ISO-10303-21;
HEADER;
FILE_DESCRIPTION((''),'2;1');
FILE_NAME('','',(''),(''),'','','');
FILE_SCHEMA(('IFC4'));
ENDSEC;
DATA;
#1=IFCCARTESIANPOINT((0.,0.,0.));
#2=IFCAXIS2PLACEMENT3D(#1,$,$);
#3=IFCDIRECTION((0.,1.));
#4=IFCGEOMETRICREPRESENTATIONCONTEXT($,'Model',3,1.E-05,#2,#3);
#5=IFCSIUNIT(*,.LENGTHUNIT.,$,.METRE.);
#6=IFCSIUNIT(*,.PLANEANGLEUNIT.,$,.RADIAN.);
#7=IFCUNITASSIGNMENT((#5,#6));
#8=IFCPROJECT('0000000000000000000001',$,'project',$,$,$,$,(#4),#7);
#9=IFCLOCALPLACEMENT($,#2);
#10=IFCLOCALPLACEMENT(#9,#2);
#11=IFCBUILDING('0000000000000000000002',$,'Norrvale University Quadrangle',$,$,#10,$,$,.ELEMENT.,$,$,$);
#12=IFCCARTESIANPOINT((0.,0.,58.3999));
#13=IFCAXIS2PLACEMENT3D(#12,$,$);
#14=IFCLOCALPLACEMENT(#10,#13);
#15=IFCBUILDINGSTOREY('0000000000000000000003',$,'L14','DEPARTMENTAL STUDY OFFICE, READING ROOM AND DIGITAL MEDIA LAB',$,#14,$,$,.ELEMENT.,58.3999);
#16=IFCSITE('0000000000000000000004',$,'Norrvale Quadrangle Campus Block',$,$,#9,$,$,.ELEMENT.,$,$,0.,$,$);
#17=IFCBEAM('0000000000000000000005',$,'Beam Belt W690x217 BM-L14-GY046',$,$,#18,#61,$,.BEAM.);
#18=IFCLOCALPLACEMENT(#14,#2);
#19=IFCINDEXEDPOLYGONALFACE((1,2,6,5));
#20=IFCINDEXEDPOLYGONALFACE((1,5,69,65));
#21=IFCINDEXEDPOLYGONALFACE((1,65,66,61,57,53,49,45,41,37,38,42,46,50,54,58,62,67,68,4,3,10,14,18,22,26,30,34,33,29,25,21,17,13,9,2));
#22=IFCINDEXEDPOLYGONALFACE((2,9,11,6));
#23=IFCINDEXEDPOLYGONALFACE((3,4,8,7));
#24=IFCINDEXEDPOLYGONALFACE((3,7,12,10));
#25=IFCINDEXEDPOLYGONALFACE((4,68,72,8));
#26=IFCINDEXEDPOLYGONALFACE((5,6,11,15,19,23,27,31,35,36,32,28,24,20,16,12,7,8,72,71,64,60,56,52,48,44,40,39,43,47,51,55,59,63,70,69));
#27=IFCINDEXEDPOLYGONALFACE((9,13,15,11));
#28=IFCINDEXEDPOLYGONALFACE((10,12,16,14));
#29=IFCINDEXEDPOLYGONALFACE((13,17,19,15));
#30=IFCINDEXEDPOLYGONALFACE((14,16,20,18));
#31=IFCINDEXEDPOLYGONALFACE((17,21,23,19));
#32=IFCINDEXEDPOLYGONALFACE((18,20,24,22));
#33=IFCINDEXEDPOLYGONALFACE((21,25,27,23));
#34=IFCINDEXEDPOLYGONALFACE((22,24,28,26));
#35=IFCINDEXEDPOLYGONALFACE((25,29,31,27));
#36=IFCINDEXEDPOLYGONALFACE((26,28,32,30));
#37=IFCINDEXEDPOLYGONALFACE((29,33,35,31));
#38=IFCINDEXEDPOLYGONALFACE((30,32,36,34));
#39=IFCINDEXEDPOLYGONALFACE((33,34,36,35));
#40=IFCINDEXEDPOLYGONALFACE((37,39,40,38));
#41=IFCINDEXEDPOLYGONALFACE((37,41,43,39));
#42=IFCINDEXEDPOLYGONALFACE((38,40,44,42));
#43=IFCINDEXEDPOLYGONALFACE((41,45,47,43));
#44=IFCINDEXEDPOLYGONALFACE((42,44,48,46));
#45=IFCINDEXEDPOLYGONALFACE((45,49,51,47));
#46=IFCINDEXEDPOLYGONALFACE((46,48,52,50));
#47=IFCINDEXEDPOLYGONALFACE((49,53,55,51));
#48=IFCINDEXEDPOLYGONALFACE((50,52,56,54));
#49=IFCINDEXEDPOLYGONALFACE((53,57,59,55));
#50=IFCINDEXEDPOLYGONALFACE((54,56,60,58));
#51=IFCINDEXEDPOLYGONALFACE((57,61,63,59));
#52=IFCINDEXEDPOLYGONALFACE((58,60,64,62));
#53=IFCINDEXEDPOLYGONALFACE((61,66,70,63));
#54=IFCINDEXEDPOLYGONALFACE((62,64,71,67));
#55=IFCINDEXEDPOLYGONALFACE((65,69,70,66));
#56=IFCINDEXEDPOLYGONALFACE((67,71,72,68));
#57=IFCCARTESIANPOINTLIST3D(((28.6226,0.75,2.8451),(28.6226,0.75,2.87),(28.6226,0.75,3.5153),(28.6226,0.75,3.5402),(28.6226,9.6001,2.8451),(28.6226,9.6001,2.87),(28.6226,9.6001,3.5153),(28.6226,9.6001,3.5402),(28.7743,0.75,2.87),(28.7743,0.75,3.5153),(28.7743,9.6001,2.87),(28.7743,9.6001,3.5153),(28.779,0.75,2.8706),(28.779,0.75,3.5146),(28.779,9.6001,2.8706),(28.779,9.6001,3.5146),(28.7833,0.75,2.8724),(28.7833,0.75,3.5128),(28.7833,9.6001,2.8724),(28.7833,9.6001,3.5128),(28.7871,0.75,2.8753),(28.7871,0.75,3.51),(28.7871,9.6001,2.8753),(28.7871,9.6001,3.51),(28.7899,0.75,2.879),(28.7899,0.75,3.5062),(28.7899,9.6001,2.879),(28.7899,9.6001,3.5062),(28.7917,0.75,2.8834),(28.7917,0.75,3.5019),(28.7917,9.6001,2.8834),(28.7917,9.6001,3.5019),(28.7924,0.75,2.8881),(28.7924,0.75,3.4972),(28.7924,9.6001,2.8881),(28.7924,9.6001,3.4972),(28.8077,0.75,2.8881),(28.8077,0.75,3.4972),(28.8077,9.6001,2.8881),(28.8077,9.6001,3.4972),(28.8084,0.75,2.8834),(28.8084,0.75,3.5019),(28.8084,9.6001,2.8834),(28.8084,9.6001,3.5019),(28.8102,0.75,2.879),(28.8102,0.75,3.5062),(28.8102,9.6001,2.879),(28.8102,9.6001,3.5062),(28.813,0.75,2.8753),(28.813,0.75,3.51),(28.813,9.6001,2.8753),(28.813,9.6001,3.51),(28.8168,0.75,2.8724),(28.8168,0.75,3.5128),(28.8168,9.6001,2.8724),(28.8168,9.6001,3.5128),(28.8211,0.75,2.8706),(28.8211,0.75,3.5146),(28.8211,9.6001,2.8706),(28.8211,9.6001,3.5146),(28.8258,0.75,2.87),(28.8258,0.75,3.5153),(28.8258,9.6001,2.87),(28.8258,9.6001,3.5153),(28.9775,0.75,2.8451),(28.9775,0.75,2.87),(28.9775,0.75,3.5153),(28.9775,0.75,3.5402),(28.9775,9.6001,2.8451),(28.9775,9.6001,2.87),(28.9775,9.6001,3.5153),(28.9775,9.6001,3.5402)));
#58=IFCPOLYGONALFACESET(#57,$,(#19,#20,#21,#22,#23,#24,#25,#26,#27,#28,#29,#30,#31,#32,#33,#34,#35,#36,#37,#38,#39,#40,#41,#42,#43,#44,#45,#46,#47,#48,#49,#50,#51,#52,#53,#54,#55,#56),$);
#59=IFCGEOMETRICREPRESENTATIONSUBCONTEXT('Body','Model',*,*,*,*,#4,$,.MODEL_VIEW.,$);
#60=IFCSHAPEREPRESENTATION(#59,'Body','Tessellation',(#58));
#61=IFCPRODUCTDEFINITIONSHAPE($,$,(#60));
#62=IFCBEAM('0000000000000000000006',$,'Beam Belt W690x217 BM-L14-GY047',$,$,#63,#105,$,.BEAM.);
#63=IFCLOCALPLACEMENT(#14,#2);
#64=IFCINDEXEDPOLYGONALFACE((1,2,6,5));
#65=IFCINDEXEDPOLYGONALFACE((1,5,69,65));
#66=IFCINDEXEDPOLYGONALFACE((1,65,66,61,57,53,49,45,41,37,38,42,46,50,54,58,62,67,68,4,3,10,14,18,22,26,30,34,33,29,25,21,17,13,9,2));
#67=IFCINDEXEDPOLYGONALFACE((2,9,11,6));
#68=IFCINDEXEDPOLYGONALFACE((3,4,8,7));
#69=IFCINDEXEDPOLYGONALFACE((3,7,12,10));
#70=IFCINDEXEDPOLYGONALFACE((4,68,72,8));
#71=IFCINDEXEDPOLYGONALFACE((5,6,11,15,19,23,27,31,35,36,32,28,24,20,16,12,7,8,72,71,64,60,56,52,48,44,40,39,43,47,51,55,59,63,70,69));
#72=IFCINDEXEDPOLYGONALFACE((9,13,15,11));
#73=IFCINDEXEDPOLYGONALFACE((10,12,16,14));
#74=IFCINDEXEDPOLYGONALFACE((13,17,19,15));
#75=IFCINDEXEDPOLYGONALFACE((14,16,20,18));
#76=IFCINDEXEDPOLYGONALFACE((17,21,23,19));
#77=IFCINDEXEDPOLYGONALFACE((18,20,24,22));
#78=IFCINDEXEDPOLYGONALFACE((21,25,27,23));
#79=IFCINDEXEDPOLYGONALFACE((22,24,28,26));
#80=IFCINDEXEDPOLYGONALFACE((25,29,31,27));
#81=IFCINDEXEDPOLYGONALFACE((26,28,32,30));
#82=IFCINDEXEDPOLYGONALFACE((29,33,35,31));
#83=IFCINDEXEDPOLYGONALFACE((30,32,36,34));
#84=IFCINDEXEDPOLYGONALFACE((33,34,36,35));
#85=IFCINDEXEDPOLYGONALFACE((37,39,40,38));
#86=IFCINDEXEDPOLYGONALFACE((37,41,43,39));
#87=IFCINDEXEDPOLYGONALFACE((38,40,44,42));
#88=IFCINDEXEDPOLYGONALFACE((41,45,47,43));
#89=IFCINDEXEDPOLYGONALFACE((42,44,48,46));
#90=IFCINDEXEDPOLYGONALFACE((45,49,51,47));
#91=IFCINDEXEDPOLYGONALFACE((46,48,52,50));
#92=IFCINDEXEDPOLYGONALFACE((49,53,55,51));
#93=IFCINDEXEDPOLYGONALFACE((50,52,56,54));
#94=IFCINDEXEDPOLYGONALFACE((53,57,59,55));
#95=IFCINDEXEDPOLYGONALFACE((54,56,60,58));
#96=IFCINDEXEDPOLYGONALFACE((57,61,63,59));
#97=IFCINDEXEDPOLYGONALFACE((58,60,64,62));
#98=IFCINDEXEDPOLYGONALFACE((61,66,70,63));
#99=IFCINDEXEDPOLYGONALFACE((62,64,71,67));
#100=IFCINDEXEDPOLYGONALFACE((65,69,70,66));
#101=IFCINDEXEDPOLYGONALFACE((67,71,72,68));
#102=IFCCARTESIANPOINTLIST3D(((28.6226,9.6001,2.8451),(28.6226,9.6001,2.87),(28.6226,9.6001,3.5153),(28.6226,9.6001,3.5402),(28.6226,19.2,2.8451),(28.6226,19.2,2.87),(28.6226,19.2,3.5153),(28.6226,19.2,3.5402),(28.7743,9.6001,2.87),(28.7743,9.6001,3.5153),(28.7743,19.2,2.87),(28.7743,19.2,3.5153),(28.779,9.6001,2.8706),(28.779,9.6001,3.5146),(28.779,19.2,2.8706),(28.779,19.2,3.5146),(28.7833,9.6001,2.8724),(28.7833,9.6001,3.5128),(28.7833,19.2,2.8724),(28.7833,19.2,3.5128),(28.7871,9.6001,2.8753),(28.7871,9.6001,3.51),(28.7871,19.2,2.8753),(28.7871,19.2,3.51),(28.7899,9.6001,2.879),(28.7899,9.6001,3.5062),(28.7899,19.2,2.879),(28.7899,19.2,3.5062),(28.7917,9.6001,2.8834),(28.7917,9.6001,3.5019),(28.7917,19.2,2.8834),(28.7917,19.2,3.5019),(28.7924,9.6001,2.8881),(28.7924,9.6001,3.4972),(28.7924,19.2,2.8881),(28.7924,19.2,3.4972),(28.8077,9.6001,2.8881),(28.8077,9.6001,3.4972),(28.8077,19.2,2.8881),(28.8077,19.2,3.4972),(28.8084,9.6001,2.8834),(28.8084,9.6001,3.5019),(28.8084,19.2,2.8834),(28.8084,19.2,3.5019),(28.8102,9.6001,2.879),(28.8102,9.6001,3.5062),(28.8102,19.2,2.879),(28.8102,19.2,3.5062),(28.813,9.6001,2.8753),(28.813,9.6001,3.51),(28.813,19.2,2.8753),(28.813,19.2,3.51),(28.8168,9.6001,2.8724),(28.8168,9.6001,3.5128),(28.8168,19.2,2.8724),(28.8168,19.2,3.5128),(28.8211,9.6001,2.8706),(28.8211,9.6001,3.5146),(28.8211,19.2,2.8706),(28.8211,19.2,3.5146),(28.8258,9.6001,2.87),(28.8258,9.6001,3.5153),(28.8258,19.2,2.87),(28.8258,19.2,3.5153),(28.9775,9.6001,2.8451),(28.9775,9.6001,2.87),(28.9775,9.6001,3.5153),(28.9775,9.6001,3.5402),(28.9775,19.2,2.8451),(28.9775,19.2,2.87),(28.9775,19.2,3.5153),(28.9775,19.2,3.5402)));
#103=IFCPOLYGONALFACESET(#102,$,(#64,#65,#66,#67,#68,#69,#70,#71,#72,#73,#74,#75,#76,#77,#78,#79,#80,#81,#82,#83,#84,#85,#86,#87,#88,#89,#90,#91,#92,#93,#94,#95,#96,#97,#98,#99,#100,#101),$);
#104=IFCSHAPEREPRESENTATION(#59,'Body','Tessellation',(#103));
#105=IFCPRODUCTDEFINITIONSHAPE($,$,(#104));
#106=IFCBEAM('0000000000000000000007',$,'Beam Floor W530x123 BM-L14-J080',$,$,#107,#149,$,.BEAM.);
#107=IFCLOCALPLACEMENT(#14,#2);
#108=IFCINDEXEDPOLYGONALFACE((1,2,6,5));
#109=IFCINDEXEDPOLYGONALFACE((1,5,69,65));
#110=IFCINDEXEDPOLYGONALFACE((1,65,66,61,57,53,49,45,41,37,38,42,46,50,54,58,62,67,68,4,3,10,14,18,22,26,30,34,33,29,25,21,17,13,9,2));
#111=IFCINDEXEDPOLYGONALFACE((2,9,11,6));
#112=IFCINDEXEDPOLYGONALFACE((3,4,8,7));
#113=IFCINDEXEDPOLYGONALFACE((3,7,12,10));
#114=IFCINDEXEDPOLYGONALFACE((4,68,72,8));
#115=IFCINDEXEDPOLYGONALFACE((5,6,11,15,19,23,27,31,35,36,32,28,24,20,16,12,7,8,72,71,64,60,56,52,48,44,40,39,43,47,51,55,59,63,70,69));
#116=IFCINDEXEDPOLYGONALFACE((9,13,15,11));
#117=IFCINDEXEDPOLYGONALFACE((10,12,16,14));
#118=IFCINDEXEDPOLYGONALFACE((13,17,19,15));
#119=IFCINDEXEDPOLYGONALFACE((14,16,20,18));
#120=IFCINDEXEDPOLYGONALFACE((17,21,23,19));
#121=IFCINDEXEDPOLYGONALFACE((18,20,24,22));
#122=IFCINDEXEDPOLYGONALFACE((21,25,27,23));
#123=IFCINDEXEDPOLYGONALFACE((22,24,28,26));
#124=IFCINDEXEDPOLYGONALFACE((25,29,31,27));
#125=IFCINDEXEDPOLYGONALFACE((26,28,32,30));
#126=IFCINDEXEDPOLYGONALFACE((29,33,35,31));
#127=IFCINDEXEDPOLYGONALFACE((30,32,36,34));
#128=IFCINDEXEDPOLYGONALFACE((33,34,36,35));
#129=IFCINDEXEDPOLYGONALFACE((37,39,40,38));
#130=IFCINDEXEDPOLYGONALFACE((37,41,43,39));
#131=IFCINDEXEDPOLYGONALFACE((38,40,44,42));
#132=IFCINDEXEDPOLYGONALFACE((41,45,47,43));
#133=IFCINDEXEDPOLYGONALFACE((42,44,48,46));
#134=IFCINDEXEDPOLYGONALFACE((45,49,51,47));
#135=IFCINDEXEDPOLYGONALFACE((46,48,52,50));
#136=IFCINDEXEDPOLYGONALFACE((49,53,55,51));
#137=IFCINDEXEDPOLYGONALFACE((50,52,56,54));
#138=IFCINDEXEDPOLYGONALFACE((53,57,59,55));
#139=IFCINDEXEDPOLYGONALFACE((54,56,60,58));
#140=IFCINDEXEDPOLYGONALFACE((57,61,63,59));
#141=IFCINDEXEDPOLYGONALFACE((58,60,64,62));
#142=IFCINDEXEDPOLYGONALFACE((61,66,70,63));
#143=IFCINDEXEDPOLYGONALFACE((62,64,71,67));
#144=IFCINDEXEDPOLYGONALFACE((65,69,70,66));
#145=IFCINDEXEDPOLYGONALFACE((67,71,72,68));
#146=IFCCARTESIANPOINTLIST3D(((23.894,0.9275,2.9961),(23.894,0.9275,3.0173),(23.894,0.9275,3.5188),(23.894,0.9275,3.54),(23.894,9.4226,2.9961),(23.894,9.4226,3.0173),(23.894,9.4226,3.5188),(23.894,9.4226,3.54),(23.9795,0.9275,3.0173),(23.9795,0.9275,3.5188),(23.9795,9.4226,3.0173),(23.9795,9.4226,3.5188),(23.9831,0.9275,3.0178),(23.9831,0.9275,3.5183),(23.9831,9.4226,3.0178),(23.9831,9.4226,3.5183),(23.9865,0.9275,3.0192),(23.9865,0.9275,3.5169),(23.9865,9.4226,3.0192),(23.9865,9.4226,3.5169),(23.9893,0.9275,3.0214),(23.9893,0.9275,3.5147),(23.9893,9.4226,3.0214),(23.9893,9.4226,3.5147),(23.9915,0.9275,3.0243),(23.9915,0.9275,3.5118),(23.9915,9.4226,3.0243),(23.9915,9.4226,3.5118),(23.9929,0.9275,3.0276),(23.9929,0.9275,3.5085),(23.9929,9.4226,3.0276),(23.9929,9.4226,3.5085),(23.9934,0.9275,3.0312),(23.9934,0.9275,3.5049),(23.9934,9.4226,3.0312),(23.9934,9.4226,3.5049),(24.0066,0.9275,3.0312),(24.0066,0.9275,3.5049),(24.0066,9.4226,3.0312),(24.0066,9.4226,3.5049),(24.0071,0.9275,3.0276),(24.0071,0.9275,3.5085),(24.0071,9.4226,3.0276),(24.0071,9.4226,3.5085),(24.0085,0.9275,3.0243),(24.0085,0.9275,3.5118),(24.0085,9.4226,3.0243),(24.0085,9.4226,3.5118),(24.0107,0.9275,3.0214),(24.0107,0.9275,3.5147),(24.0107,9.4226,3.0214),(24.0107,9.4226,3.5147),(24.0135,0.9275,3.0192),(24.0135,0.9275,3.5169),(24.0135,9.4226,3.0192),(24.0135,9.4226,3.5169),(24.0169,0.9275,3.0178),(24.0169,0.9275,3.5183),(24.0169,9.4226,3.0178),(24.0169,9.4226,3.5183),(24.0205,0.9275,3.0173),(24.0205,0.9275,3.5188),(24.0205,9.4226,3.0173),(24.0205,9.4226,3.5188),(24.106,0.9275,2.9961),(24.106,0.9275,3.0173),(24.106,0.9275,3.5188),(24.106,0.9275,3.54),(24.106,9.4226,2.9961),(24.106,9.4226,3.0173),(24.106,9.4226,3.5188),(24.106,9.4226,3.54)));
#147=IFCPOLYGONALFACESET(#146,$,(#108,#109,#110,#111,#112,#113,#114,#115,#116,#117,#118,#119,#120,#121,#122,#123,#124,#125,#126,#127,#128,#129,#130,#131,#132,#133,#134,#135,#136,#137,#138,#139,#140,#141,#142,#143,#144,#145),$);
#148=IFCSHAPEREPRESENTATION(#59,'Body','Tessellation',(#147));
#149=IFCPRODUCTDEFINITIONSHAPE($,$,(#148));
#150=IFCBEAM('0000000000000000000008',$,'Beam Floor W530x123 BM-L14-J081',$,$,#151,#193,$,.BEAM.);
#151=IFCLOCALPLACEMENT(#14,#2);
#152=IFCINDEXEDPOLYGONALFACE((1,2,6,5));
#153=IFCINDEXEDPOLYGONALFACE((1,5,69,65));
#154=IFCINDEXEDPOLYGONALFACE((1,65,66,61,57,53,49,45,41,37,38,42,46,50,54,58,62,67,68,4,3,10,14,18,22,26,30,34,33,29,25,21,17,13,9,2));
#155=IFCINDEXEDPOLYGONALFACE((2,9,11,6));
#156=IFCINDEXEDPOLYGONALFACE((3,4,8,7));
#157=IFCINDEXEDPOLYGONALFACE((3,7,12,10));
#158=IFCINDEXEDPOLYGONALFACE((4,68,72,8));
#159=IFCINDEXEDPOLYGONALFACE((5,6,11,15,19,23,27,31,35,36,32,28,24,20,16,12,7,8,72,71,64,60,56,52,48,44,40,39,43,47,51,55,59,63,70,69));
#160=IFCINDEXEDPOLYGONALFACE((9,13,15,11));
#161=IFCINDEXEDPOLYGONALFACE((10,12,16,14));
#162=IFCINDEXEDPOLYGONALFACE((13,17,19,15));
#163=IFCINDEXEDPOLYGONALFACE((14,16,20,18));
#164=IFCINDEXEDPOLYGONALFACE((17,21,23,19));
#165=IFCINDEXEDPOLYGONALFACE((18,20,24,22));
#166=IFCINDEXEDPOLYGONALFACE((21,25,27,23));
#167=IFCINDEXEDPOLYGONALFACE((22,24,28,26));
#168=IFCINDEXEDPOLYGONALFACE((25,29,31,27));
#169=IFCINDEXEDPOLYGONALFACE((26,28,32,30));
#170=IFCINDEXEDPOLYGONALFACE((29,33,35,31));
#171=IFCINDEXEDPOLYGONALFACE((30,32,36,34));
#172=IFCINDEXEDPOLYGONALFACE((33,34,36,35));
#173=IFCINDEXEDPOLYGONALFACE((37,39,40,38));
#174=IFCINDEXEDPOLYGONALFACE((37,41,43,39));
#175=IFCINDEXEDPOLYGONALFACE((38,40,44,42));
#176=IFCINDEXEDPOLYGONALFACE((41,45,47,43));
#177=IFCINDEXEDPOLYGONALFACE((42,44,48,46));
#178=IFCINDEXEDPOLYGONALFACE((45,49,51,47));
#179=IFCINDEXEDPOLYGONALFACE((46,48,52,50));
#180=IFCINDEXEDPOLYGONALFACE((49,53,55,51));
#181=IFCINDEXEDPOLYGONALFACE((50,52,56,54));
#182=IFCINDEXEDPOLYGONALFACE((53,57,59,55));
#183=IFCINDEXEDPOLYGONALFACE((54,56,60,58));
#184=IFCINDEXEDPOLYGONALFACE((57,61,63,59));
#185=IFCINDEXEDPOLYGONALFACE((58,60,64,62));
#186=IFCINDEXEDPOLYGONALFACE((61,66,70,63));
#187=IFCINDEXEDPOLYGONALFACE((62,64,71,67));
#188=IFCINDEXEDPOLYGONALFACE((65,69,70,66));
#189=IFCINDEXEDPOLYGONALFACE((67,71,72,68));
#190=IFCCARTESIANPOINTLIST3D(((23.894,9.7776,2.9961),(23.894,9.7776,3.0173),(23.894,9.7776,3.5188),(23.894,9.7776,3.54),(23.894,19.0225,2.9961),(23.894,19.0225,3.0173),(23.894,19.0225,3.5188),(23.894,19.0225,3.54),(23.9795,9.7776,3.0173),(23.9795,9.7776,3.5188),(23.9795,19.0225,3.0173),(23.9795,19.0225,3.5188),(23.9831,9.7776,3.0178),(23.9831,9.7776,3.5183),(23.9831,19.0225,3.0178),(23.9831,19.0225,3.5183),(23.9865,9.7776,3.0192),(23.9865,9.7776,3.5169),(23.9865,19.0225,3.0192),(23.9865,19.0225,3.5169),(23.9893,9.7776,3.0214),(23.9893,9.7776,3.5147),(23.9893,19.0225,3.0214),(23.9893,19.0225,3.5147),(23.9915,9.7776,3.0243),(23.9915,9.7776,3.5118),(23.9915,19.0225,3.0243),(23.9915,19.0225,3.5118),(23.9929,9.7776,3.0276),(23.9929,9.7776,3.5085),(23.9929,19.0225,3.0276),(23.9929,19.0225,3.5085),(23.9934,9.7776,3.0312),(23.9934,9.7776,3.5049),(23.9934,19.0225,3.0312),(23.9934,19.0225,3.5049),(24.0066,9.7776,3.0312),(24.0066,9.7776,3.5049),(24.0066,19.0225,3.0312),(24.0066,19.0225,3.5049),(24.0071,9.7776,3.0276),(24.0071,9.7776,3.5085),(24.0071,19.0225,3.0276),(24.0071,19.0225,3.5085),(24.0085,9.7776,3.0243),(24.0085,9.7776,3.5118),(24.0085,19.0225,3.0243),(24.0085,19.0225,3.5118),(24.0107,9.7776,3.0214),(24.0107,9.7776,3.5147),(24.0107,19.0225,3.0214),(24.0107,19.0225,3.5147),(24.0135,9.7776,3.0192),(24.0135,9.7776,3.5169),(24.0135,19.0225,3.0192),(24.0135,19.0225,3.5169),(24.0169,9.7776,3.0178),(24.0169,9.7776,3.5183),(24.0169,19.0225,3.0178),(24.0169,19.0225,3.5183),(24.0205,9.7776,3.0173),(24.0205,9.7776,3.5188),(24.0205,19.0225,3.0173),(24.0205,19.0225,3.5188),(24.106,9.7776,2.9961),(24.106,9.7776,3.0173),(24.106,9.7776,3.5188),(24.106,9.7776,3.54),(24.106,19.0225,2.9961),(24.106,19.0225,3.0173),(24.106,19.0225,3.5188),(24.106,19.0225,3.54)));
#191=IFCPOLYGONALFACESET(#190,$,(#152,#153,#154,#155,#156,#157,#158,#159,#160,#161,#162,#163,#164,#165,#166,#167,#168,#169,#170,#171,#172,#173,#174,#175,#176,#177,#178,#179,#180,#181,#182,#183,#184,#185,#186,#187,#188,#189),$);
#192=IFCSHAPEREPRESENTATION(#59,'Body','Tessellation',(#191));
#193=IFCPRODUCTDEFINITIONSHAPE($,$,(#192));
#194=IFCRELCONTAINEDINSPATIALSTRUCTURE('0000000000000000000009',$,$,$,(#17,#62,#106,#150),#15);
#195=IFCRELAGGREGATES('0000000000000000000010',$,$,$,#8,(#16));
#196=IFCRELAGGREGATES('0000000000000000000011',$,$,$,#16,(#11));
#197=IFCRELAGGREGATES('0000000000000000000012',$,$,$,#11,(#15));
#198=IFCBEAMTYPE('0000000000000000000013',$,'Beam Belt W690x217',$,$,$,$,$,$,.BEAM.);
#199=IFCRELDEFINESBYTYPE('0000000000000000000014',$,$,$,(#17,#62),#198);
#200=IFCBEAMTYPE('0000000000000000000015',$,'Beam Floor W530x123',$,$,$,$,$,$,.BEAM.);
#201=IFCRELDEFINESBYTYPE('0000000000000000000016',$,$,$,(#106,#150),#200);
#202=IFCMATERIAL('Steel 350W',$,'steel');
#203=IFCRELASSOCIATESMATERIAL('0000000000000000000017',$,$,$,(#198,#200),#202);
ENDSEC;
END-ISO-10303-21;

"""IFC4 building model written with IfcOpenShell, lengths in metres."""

from ifc_helpers import new_model, si_unit, direction, frame, origin, origin_2d, place, context, subcontext, project, spatial, i_section, extrude, material, material_profile, profile_set, type_object, element, save


model = new_model("IFC4")

# Units and contexts
model_context = context("Model", 3, precision=1e-05, world=origin(), true_north=direction((0.0, 1.0)))
body_context = subcontext(model_context, "Body", "Model", "MODEL_VIEW")
ifc_project = project(units=[si_unit("LENGTHUNIT", "METRE"), si_unit("PLANEANGLEUNIT", "RADIAN")], contexts=[model_context])

# Site, building, storey
site_placement = place(None, origin())
site = spatial("IfcSite", under=ifc_project, at=site_placement, Name="Norrvale Quadrangle Campus Block", CompositionType="ELEMENT", RefElevation=0.0)
building_placement = place(site_placement, origin())
building = spatial("IfcBuilding", under=site, at=building_placement, Name="Norrvale University Quadrangle", CompositionType="ELEMENT")
storey_placement = place(building_placement, frame((0.0, 0.0, 58.3999)))
storey = spatial("IfcBuildingStorey", under=building, at=storey_placement, Name="L14", Description="DEPARTMENTAL STUDY OFFICE, READING ROOM AND DIGITAL MEDIA LAB", CompositionType="ELEMENT", Elevation=58.3999)

# Beams
ifc_material_1 = material(Name="Steel 350W", Category="steel")
ifc_material_profile_1 = material_profile(ifc_material_1, i_section(OverallWidth=0.355, OverallDepth=0.6951, WebThickness=0.0154, FlangeThickness=0.0249, FilletRadius=0.0181, at=origin_2d()), Name="Steel 350W")
ifc_profile_set_1 = profile_set([ifc_material_profile_1], Name="Steel 350W")
beam_type_1 = type_object("IfcBeamType", Name="Beam Belt W690x217", PredefinedType="BEAM", material=ifc_profile_set_1)
beam_1_placement = place(storey_placement, frame((28.8, 0.75, 3.1926), z_axis=(0.0, 1.0, 0.0), x_axis=(-1.0, 0.0, 0.0)))
element("IfcBeam", 1, at=beam_1_placement, inside=storey, type_object=beam_type_1, Name="Beam Belt W690x217 BM-L14-GY046", PredefinedType="BEAM", context=body_context, shape_type="SweptSolid", body=[
    extrude(i_section(OverallWidth=0.355, OverallDepth=0.6951, WebThickness=0.0154, FlangeThickness=0.0249, FilletRadius=0.0181, at=origin_2d()), origin(), (0.0, 0.0, 1.0), 8.8501),
])
beam_2_placement = place(storey_placement, frame((28.8, 9.6001, 3.1926), z_axis=(0.0, 1.0, 0.0), x_axis=(-1.0, 0.0, 0.0)))
element("IfcBeam", 2, at=beam_2_placement, inside=storey, type_object=beam_type_1, Name="Beam Belt W690x217 BM-L14-GY047", PredefinedType="BEAM", context=body_context, shape_type="SweptSolid", body=[
    extrude(i_section(OverallWidth=0.355, OverallDepth=0.6951, WebThickness=0.0154, FlangeThickness=0.0249, FilletRadius=0.0181, at=origin_2d()), origin(), (0.0, 0.0, 1.0), 9.5999),
])
ifc_material_profile_2 = material_profile(ifc_material_1, i_section(OverallWidth=0.2119, OverallDepth=0.5439, WebThickness=0.0132, FlangeThickness=0.0212, FilletRadius=0.0139, at=origin_2d()), Name="Steel 350W")
ifc_profile_set_2 = profile_set([ifc_material_profile_2], Name="Steel 350W")
beam_type_2 = type_object("IfcBeamType", Name="Beam Floor W530x123", PredefinedType="BEAM", material=ifc_profile_set_2)
beam_3_placement = place(storey_placement, frame((24.0, 0.9275, 3.2681), z_axis=(0.0, 1.0, 0.0), x_axis=(-1.0, 0.0, 0.0)))
element("IfcBeam", 3, at=beam_3_placement, inside=storey, type_object=beam_type_2, Name="Beam Floor W530x123 BM-L14-J080", PredefinedType="BEAM", context=body_context, shape_type="SweptSolid", body=[
    extrude(i_section(OverallWidth=0.2119, OverallDepth=0.5439, WebThickness=0.0132, FlangeThickness=0.0212, FilletRadius=0.0139, at=origin_2d()), origin(), (0.0, 0.0, 1.0), 8.4951),
])
beam_4_placement = place(storey_placement, frame((24.0, 9.7776, 3.2681), z_axis=(0.0, 1.0, 0.0), x_axis=(-1.0, 0.0, 0.0)))
element("IfcBeam", 4, at=beam_4_placement, inside=storey, type_object=beam_type_2, Name="Beam Floor W530x123 BM-L14-J081", PredefinedType="BEAM", context=body_context, shape_type="SweptSolid", body=[
    extrude(i_section(OverallWidth=0.2119, OverallDepth=0.5439, WebThickness=0.0132, FlangeThickness=0.0212, FilletRadius=0.0139, at=origin_2d()), origin(), (0.0, 0.0, 1.0), 9.2449),
])

save(model, "model.ifc")
